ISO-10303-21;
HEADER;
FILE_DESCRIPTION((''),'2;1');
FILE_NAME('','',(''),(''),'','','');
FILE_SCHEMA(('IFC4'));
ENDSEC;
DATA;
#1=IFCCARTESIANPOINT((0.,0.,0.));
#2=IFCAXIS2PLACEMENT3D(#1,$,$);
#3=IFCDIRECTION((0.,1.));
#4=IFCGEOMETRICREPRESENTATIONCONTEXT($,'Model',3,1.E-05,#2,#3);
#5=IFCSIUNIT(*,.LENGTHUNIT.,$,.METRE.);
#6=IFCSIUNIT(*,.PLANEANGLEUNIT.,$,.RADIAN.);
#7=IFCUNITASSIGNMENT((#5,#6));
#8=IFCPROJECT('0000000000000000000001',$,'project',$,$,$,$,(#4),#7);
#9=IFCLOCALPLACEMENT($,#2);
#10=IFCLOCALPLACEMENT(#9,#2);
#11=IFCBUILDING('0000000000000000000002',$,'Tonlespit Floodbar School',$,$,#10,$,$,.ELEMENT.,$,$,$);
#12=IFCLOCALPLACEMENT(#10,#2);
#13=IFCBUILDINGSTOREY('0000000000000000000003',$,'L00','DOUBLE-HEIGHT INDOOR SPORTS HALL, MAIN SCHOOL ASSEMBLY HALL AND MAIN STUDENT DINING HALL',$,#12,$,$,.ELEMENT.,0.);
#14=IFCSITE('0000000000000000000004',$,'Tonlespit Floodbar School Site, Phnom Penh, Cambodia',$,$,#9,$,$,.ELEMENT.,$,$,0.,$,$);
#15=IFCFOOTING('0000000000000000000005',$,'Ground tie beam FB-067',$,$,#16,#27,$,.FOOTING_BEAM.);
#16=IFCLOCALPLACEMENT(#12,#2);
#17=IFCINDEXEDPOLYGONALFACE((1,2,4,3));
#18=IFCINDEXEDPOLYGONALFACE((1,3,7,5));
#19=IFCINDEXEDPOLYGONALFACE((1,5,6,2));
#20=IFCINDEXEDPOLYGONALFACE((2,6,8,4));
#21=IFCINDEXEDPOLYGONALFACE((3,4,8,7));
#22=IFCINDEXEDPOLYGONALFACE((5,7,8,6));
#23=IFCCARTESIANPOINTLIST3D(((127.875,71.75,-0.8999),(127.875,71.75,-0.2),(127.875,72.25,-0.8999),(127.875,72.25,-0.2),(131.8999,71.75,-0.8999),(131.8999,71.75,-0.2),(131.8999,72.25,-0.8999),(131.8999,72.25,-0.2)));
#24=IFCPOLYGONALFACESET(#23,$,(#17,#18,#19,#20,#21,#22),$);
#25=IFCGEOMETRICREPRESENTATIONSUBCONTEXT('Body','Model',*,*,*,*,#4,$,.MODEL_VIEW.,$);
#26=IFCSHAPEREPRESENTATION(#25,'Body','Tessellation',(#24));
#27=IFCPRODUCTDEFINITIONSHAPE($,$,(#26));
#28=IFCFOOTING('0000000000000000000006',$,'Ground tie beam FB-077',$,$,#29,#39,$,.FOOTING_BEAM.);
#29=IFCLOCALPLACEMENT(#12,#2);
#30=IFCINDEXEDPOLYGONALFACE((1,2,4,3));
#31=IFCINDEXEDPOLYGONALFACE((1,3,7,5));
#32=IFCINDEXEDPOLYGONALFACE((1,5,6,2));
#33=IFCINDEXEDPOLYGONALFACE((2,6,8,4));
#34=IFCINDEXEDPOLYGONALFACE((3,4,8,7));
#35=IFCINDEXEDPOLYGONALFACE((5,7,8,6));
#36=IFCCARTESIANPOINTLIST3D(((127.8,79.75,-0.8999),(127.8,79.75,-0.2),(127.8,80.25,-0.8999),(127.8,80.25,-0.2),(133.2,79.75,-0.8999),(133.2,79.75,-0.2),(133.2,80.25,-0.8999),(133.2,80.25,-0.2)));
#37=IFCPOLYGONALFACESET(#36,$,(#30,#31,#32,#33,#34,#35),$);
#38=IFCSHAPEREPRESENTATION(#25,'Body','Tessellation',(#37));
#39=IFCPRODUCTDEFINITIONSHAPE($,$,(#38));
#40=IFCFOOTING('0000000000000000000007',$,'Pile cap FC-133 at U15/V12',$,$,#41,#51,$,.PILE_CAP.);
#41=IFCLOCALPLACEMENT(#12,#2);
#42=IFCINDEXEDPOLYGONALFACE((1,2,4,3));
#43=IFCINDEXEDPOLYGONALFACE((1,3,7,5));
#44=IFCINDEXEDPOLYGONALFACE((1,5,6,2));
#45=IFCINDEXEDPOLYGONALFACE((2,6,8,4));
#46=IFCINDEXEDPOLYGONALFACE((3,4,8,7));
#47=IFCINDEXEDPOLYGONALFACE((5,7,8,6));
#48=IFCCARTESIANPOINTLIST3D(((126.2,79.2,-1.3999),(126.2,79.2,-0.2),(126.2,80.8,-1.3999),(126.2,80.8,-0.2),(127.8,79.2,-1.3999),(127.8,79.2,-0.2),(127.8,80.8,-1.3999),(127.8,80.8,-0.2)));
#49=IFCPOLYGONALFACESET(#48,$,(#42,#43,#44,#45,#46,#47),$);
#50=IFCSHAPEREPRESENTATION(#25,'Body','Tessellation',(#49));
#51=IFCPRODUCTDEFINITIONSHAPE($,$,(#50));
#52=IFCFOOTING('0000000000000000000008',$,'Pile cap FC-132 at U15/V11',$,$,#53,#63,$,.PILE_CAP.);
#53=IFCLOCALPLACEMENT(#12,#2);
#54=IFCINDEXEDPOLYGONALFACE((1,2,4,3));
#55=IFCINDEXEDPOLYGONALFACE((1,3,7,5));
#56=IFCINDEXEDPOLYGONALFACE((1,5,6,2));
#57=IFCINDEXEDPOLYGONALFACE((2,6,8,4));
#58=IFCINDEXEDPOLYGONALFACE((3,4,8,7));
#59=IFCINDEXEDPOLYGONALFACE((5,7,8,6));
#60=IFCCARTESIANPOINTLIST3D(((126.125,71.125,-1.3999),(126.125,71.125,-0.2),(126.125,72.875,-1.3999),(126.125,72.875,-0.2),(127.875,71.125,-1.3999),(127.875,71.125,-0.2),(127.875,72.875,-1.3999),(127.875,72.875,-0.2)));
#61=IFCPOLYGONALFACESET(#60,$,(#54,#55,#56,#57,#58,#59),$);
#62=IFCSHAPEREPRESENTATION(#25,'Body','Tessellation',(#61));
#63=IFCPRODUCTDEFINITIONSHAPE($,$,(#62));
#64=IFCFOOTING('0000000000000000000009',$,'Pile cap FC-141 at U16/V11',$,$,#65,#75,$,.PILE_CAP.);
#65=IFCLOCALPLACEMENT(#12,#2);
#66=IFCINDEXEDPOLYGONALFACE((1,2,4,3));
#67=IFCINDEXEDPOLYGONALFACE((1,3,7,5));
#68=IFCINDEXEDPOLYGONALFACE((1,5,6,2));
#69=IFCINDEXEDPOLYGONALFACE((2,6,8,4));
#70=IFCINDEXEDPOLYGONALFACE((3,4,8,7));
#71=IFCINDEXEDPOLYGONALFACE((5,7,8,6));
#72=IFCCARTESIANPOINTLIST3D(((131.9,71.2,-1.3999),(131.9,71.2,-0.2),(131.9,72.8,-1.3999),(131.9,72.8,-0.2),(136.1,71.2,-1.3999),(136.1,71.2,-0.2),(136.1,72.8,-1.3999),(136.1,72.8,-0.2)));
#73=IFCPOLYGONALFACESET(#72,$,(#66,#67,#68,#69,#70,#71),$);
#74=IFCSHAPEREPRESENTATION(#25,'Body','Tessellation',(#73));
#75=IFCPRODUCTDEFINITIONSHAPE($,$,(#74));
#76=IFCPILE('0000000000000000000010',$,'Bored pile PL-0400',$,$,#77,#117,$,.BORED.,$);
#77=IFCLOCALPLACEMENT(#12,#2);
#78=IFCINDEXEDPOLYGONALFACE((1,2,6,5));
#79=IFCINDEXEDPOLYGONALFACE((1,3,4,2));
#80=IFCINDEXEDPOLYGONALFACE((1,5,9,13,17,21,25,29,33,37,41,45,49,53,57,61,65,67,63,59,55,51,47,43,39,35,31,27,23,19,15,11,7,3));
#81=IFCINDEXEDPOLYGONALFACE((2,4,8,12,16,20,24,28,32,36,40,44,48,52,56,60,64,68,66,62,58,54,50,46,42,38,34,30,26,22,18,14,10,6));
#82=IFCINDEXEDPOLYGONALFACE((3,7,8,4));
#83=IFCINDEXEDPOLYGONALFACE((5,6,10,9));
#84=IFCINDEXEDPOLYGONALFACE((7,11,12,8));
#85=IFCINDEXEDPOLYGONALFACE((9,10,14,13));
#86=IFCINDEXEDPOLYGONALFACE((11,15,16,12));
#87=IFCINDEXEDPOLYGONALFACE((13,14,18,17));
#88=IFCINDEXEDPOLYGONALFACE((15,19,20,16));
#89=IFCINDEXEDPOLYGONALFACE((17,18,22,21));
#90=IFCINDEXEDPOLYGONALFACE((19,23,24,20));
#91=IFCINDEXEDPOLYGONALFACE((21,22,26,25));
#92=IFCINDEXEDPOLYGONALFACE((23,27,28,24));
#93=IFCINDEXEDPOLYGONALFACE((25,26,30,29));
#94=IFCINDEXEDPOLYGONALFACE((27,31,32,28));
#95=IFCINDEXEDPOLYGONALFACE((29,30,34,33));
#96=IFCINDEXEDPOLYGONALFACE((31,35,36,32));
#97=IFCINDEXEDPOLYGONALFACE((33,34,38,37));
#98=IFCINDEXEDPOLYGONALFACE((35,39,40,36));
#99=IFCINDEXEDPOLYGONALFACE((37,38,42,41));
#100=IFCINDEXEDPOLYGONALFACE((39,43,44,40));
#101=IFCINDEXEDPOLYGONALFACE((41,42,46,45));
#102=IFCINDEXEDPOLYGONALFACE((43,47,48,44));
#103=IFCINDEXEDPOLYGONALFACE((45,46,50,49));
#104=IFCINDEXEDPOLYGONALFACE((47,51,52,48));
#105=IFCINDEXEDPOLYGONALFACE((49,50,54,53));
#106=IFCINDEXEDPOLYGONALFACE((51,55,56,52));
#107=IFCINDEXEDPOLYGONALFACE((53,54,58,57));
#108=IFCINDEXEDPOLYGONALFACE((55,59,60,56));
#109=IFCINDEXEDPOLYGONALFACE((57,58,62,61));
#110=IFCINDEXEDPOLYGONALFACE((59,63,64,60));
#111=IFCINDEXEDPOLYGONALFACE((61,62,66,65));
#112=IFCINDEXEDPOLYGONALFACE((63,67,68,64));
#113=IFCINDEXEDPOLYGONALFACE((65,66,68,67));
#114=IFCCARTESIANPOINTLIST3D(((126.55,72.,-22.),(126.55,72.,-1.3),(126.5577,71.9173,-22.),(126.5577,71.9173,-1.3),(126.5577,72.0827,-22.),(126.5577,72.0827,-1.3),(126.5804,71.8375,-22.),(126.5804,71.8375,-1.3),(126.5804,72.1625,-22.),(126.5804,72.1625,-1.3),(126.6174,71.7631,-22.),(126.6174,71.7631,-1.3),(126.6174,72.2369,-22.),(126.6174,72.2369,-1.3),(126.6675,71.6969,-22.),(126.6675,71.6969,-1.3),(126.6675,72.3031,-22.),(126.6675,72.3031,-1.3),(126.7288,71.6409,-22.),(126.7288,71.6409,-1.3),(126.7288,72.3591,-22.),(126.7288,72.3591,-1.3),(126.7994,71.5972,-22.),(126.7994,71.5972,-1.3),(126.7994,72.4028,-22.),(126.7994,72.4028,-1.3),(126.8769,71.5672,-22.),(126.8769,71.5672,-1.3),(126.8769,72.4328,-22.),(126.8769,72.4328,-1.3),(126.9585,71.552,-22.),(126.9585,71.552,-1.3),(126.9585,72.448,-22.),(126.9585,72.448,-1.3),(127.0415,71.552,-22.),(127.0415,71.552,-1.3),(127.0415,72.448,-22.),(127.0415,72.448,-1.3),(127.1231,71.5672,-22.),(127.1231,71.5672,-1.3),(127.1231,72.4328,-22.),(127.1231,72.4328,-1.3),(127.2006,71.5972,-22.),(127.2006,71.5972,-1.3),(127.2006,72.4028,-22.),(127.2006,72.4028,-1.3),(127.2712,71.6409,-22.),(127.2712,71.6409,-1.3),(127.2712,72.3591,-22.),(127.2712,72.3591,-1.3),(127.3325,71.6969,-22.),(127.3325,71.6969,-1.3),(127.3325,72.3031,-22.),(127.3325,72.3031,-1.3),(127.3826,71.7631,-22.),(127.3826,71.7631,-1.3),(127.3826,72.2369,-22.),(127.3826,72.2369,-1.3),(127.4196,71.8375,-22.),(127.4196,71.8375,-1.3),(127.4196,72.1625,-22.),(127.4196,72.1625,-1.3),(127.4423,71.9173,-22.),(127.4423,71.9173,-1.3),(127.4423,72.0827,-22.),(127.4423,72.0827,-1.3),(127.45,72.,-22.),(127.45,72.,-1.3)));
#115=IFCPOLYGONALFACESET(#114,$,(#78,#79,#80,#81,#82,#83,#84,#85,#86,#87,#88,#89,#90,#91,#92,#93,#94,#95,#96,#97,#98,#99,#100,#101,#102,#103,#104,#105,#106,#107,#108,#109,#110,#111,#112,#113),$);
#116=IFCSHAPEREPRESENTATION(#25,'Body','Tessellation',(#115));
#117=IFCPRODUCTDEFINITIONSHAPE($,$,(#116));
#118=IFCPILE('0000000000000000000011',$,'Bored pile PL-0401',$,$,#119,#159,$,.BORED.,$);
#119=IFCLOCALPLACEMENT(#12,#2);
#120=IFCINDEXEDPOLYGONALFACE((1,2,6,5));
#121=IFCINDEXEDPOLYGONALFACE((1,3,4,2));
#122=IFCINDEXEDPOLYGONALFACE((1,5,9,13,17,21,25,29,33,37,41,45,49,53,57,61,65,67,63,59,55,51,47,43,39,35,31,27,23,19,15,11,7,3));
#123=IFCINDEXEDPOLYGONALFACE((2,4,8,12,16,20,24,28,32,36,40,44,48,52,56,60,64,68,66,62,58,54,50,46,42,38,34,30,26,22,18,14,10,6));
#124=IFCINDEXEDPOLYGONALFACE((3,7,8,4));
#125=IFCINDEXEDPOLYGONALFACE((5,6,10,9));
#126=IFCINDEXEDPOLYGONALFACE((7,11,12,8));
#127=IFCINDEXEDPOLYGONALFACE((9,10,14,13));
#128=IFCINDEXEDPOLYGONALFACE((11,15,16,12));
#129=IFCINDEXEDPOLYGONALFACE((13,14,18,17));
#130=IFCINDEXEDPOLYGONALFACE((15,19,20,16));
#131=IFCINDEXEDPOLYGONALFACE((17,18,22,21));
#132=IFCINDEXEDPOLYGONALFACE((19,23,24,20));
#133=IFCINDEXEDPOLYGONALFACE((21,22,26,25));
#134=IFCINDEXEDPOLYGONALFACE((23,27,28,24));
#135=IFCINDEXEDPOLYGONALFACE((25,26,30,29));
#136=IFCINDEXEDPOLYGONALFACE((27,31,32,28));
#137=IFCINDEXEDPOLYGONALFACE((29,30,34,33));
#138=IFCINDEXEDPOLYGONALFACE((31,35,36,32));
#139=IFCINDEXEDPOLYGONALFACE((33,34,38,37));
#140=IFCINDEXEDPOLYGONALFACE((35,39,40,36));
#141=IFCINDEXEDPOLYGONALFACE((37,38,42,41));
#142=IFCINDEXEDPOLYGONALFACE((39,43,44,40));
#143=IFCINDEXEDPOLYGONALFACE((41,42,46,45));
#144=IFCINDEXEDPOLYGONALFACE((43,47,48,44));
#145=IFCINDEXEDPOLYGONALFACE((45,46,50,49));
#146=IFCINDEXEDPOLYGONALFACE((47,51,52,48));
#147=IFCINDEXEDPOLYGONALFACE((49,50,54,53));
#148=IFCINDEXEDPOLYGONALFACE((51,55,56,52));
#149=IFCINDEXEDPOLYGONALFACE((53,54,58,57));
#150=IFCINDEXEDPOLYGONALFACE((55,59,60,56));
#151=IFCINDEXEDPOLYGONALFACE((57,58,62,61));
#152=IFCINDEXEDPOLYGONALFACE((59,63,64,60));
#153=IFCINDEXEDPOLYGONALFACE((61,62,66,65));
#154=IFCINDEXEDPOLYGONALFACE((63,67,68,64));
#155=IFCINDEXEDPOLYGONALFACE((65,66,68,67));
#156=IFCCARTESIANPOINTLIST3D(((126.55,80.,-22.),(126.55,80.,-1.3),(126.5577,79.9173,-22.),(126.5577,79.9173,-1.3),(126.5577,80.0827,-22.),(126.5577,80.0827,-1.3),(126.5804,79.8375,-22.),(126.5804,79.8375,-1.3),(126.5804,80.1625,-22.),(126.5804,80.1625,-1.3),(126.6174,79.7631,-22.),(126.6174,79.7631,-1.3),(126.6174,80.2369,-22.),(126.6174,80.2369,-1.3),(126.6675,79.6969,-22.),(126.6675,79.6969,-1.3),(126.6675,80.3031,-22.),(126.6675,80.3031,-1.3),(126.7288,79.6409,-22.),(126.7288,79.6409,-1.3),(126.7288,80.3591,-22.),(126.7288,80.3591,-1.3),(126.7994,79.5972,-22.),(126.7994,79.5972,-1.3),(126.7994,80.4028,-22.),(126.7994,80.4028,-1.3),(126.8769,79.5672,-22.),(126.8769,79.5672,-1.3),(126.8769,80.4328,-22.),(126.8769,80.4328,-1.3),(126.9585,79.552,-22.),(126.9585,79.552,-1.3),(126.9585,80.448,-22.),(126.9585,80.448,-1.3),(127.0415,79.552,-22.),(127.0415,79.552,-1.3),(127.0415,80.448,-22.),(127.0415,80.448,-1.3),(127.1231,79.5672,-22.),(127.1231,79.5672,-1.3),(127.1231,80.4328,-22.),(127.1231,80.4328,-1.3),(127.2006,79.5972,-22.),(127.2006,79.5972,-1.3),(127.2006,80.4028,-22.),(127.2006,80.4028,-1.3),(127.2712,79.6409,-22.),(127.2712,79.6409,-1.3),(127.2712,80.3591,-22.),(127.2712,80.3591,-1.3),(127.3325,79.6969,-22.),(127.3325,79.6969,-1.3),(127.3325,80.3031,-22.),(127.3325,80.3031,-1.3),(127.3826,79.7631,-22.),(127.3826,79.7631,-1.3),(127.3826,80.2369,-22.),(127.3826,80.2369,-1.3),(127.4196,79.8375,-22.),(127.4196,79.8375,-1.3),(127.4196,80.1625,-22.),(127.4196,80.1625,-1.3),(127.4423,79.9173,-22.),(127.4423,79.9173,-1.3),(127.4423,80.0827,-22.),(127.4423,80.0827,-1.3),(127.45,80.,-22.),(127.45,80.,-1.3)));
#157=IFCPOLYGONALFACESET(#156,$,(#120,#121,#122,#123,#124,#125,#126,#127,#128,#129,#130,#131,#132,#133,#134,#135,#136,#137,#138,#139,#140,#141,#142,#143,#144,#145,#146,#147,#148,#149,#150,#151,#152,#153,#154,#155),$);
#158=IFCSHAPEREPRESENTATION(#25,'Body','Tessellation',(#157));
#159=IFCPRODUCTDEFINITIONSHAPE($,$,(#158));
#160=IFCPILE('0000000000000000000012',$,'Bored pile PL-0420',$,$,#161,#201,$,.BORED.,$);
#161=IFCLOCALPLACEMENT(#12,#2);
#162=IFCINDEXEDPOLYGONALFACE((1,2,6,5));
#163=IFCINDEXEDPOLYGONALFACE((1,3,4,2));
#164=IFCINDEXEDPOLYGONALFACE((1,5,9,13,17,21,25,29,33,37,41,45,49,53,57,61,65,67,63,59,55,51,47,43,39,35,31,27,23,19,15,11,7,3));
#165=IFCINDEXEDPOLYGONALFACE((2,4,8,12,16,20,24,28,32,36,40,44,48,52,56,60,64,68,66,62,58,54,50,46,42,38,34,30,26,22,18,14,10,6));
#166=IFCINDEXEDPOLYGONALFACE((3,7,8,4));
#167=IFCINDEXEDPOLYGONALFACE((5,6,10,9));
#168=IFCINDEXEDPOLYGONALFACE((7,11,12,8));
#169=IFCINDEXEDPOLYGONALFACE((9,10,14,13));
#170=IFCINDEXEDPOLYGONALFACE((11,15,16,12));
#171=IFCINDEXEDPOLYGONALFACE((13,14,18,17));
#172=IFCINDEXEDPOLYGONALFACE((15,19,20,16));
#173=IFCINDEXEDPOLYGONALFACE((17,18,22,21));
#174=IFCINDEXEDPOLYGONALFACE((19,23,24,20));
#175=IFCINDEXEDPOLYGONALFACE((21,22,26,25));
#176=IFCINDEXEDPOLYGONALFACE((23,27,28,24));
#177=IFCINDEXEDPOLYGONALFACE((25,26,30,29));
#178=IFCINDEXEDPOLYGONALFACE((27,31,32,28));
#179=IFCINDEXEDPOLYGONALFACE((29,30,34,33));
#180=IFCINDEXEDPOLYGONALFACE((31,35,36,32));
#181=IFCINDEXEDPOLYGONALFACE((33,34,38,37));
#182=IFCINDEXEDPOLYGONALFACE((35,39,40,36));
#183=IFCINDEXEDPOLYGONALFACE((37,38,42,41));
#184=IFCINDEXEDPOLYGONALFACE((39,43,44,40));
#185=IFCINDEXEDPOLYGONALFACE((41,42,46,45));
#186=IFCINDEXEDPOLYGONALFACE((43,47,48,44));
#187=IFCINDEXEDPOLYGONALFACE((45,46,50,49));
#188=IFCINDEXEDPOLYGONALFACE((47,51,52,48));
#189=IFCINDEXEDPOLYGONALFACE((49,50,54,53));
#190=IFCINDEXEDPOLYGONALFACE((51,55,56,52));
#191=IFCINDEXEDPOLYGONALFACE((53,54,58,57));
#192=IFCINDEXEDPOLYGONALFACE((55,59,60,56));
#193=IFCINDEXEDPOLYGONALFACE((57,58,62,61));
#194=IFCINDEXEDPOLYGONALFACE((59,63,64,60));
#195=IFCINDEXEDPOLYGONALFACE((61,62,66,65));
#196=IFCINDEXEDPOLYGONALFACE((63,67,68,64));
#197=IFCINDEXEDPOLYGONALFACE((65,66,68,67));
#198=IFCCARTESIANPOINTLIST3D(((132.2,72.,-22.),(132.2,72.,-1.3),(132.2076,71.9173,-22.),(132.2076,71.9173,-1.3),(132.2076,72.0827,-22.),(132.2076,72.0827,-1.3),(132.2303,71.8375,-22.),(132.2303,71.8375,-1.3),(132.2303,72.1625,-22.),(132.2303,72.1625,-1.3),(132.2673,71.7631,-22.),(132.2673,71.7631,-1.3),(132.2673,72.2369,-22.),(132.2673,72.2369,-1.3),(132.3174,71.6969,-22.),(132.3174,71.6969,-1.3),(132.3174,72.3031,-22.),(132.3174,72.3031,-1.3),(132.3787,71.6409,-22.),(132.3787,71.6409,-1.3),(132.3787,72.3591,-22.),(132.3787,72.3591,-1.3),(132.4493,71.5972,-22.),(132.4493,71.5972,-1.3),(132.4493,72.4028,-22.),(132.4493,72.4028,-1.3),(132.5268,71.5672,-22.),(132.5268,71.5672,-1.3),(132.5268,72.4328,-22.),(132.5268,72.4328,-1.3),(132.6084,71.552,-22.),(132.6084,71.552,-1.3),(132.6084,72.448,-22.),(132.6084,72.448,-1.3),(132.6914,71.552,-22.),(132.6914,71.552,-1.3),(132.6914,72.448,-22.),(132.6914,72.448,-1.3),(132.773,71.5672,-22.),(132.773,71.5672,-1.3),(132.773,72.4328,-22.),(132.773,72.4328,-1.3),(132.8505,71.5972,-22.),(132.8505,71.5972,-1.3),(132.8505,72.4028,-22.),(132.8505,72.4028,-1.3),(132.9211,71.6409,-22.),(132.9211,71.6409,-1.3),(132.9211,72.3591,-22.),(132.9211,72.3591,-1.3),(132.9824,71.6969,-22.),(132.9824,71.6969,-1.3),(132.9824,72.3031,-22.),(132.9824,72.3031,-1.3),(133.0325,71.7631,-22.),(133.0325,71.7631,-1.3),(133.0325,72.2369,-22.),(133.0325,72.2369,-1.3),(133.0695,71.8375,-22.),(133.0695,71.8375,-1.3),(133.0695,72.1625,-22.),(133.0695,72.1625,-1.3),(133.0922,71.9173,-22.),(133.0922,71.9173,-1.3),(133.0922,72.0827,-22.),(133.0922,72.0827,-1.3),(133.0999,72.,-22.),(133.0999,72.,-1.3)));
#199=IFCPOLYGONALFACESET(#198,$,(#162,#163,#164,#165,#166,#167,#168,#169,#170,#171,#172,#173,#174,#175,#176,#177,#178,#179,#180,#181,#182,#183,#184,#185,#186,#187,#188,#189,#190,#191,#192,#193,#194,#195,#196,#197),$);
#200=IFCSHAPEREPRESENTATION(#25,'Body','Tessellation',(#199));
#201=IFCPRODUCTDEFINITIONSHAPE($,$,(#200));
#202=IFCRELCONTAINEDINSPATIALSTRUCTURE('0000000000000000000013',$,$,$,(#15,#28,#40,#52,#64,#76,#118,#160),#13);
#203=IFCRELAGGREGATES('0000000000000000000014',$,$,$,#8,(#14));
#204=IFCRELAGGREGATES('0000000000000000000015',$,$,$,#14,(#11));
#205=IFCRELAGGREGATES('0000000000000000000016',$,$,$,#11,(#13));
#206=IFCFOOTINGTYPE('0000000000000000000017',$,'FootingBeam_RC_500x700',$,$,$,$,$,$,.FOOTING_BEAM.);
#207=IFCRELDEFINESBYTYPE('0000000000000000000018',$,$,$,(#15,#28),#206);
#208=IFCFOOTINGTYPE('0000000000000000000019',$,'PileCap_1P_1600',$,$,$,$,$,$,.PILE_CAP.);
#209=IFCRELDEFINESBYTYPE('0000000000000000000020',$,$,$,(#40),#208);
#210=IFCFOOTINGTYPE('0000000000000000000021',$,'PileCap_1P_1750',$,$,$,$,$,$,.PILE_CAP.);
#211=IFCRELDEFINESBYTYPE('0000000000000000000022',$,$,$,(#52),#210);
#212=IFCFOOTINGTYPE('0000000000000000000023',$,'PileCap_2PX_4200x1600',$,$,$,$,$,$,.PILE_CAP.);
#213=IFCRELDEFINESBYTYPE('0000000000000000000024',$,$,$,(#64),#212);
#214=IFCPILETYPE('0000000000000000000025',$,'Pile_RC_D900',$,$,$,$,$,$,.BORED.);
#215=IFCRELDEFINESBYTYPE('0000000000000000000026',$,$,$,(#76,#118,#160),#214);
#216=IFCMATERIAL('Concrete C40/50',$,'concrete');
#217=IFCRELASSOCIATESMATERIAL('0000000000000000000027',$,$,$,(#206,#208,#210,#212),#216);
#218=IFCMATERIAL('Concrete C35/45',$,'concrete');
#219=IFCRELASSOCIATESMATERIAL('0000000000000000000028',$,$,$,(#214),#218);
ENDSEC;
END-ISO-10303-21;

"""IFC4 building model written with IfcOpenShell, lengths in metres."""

from ifc_helpers import new_model, si_unit, direction, frame, origin, origin_2d, place, context, subcontext, project, spatial, rectangle, circle, extrude, material, material_profile, profile_set, type_object, element, save


model = new_model("IFC4")

# Units and contexts
model_context = context("Model", 3, precision=1e-05, world=origin(), true_north=direction((0.0, 1.0)))
body_context = subcontext(model_context, "Body", "Model", "MODEL_VIEW")
ifc_project = project(units=[si_unit("LENGTHUNIT", "METRE"), si_unit("PLANEANGLEUNIT", "RADIAN")], contexts=[model_context])

# Site, building, storey
site_placement = place(None, origin())
site = spatial("IfcSite", under=ifc_project, at=site_placement, Name="Tonlespit Floodbar School Site, Phnom Penh, Cambodia", CompositionType="ELEMENT", RefElevation=0.0)
building_placement = place(site_placement, origin())
building = spatial("IfcBuilding", under=site, at=building_placement, Name="Tonlespit Floodbar School", CompositionType="ELEMENT")
storey_placement = place(building_placement, origin())
storey = spatial("IfcBuildingStorey", under=building, at=storey_placement, Name="L00", Description="DOUBLE-HEIGHT INDOOR SPORTS HALL, MAIN SCHOOL ASSEMBLY HALL AND MAIN STUDENT DINING HALL", CompositionType="ELEMENT", Elevation=0.0)

# Footings
ifc_material_1 = material(Name="Concrete C40/50", Category="concrete")
footing_type_1 = type_object("IfcFootingType", Name="FootingBeam_RC_500x700", PredefinedType="FOOTING_BEAM", material=ifc_material_1)
footing_1_placement = place(storey_placement, frame((129.8875, 72.0, -0.8999), z_axis=(0.0, 0.0, 1.0), x_axis=(1.0, 0.0, 0.0)))
element("IfcFooting", 1, at=footing_1_placement, inside=storey, type_object=footing_type_1, Name="Ground tie beam FB-067", PredefinedType="FOOTING_BEAM", context=body_context, shape_type="SweptSolid", body=[
    extrude(rectangle(XDim=4.0249, YDim=0.5, at=origin_2d()), origin(), (0.0, 0.0, 1.0), 0.7),
])
footing_2_placement = place(storey_placement, frame((130.5, 80.0, -0.8999), z_axis=(0.0, 0.0, 1.0), x_axis=(1.0, 0.0, 0.0)))
element("IfcFooting", 2, at=footing_2_placement, inside=storey, type_object=footing_type_1, Name="Ground tie beam FB-077", PredefinedType="FOOTING_BEAM", context=body_context, shape_type="SweptSolid", body=[
    extrude(rectangle(XDim=5.3999, YDim=0.5, at=origin_2d()), origin(), (0.0, 0.0, 1.0), 0.7),
])
footing_type_2 = type_object("IfcFootingType", Name="PileCap_1P_1600", PredefinedType="PILE_CAP", material=ifc_material_1)
footing_3_placement = place(storey_placement, frame((127.0, 80.0, -1.3999), z_axis=(0.0, 0.0, 1.0), x_axis=(1.0, 0.0, 0.0)))
element("IfcFooting", 3, at=footing_3_placement, inside=storey, type_object=footing_type_2, Name="Pile cap FC-133 at U15/V12", PredefinedType="PILE_CAP", context=body_context, shape_type="SweptSolid", body=[
    extrude(rectangle(XDim=1.6001, YDim=1.6001, at=origin_2d()), origin(), (0.0, 0.0, 1.0), 1.2),
])
footing_type_3 = type_object("IfcFootingType", Name="PileCap_1P_1750", PredefinedType="PILE_CAP", material=ifc_material_1)
footing_4_placement = place(storey_placement, frame((127.0, 72.0, -1.3999), z_axis=(0.0, 0.0, 1.0), x_axis=(1.0, 0.0, 0.0)))
element("IfcFooting", 4, at=footing_4_placement, inside=storey, type_object=footing_type_3, Name="Pile cap FC-132 at U15/V11", PredefinedType="PILE_CAP", context=body_context, shape_type="SweptSolid", body=[
    extrude(rectangle(XDim=1.75, YDim=1.75, at=origin_2d()), origin(), (0.0, 0.0, 1.0), 1.2),
])
footing_type_4 = type_object("IfcFootingType", Name="PileCap_2PX_4200x1600", PredefinedType="PILE_CAP", material=ifc_material_1)
footing_5_placement = place(storey_placement, frame((134.0, 72.0, -1.3999), z_axis=(0.0, 0.0, 1.0), x_axis=(1.0, 0.0, 0.0)))
element("IfcFooting", 5, at=footing_5_placement, inside=storey, type_object=footing_type_4, Name="Pile cap FC-141 at U16/V11", PredefinedType="PILE_CAP", context=body_context, shape_type="SweptSolid", body=[
    extrude(rectangle(XDim=4.2, YDim=1.6001, at=origin_2d()), origin(), (0.0, 0.0, 1.0), 1.2),
])

# Piles
ifc_material_2 = material(Name="Concrete C35/45", Category="concrete")
ifc_material_profile_1 = material_profile(ifc_material_2, circle(Radius=0.45, at=origin_2d()), Name="BP D900")
ifc_profile_set_1 = profile_set([ifc_material_profile_1], Name="Concrete C35/45")
pile_type = type_object("IfcPileType", Name="Pile_RC_D900", PredefinedType="BORED", material=ifc_profile_set_1)
for number, where, z_axis, x_axis, name in (
    (6, (127.0, 72.0, -1.3), (0.0, 0.0, -1.0), (1.0, 0.0, 0.0), "Bored pile PL-0400"),
    (7, (127.0, 80.0, -1.3), (0.0, 0.0, -1.0), (1.0, 0.0, 0.0), "Bored pile PL-0401"),
    (8, (132.6499, 72.0, -1.3), (0.0, 0.0, -1.0), (1.0, 0.0, 0.0), "Bored pile PL-0420"),
):
    element("IfcPile", number, at=place(storey_placement, frame(where, z_axis=z_axis, x_axis=x_axis)), inside=storey, type_object=pile_type, Name=name, PredefinedType="BORED", context=body_context, shape_type="SweptSolid", body=[
        extrude(circle(Radius=0.45, at=origin_2d()), origin(), (0.0, 0.0, 1.0), 20.7),
    ])

save(model, "model.ifc")
